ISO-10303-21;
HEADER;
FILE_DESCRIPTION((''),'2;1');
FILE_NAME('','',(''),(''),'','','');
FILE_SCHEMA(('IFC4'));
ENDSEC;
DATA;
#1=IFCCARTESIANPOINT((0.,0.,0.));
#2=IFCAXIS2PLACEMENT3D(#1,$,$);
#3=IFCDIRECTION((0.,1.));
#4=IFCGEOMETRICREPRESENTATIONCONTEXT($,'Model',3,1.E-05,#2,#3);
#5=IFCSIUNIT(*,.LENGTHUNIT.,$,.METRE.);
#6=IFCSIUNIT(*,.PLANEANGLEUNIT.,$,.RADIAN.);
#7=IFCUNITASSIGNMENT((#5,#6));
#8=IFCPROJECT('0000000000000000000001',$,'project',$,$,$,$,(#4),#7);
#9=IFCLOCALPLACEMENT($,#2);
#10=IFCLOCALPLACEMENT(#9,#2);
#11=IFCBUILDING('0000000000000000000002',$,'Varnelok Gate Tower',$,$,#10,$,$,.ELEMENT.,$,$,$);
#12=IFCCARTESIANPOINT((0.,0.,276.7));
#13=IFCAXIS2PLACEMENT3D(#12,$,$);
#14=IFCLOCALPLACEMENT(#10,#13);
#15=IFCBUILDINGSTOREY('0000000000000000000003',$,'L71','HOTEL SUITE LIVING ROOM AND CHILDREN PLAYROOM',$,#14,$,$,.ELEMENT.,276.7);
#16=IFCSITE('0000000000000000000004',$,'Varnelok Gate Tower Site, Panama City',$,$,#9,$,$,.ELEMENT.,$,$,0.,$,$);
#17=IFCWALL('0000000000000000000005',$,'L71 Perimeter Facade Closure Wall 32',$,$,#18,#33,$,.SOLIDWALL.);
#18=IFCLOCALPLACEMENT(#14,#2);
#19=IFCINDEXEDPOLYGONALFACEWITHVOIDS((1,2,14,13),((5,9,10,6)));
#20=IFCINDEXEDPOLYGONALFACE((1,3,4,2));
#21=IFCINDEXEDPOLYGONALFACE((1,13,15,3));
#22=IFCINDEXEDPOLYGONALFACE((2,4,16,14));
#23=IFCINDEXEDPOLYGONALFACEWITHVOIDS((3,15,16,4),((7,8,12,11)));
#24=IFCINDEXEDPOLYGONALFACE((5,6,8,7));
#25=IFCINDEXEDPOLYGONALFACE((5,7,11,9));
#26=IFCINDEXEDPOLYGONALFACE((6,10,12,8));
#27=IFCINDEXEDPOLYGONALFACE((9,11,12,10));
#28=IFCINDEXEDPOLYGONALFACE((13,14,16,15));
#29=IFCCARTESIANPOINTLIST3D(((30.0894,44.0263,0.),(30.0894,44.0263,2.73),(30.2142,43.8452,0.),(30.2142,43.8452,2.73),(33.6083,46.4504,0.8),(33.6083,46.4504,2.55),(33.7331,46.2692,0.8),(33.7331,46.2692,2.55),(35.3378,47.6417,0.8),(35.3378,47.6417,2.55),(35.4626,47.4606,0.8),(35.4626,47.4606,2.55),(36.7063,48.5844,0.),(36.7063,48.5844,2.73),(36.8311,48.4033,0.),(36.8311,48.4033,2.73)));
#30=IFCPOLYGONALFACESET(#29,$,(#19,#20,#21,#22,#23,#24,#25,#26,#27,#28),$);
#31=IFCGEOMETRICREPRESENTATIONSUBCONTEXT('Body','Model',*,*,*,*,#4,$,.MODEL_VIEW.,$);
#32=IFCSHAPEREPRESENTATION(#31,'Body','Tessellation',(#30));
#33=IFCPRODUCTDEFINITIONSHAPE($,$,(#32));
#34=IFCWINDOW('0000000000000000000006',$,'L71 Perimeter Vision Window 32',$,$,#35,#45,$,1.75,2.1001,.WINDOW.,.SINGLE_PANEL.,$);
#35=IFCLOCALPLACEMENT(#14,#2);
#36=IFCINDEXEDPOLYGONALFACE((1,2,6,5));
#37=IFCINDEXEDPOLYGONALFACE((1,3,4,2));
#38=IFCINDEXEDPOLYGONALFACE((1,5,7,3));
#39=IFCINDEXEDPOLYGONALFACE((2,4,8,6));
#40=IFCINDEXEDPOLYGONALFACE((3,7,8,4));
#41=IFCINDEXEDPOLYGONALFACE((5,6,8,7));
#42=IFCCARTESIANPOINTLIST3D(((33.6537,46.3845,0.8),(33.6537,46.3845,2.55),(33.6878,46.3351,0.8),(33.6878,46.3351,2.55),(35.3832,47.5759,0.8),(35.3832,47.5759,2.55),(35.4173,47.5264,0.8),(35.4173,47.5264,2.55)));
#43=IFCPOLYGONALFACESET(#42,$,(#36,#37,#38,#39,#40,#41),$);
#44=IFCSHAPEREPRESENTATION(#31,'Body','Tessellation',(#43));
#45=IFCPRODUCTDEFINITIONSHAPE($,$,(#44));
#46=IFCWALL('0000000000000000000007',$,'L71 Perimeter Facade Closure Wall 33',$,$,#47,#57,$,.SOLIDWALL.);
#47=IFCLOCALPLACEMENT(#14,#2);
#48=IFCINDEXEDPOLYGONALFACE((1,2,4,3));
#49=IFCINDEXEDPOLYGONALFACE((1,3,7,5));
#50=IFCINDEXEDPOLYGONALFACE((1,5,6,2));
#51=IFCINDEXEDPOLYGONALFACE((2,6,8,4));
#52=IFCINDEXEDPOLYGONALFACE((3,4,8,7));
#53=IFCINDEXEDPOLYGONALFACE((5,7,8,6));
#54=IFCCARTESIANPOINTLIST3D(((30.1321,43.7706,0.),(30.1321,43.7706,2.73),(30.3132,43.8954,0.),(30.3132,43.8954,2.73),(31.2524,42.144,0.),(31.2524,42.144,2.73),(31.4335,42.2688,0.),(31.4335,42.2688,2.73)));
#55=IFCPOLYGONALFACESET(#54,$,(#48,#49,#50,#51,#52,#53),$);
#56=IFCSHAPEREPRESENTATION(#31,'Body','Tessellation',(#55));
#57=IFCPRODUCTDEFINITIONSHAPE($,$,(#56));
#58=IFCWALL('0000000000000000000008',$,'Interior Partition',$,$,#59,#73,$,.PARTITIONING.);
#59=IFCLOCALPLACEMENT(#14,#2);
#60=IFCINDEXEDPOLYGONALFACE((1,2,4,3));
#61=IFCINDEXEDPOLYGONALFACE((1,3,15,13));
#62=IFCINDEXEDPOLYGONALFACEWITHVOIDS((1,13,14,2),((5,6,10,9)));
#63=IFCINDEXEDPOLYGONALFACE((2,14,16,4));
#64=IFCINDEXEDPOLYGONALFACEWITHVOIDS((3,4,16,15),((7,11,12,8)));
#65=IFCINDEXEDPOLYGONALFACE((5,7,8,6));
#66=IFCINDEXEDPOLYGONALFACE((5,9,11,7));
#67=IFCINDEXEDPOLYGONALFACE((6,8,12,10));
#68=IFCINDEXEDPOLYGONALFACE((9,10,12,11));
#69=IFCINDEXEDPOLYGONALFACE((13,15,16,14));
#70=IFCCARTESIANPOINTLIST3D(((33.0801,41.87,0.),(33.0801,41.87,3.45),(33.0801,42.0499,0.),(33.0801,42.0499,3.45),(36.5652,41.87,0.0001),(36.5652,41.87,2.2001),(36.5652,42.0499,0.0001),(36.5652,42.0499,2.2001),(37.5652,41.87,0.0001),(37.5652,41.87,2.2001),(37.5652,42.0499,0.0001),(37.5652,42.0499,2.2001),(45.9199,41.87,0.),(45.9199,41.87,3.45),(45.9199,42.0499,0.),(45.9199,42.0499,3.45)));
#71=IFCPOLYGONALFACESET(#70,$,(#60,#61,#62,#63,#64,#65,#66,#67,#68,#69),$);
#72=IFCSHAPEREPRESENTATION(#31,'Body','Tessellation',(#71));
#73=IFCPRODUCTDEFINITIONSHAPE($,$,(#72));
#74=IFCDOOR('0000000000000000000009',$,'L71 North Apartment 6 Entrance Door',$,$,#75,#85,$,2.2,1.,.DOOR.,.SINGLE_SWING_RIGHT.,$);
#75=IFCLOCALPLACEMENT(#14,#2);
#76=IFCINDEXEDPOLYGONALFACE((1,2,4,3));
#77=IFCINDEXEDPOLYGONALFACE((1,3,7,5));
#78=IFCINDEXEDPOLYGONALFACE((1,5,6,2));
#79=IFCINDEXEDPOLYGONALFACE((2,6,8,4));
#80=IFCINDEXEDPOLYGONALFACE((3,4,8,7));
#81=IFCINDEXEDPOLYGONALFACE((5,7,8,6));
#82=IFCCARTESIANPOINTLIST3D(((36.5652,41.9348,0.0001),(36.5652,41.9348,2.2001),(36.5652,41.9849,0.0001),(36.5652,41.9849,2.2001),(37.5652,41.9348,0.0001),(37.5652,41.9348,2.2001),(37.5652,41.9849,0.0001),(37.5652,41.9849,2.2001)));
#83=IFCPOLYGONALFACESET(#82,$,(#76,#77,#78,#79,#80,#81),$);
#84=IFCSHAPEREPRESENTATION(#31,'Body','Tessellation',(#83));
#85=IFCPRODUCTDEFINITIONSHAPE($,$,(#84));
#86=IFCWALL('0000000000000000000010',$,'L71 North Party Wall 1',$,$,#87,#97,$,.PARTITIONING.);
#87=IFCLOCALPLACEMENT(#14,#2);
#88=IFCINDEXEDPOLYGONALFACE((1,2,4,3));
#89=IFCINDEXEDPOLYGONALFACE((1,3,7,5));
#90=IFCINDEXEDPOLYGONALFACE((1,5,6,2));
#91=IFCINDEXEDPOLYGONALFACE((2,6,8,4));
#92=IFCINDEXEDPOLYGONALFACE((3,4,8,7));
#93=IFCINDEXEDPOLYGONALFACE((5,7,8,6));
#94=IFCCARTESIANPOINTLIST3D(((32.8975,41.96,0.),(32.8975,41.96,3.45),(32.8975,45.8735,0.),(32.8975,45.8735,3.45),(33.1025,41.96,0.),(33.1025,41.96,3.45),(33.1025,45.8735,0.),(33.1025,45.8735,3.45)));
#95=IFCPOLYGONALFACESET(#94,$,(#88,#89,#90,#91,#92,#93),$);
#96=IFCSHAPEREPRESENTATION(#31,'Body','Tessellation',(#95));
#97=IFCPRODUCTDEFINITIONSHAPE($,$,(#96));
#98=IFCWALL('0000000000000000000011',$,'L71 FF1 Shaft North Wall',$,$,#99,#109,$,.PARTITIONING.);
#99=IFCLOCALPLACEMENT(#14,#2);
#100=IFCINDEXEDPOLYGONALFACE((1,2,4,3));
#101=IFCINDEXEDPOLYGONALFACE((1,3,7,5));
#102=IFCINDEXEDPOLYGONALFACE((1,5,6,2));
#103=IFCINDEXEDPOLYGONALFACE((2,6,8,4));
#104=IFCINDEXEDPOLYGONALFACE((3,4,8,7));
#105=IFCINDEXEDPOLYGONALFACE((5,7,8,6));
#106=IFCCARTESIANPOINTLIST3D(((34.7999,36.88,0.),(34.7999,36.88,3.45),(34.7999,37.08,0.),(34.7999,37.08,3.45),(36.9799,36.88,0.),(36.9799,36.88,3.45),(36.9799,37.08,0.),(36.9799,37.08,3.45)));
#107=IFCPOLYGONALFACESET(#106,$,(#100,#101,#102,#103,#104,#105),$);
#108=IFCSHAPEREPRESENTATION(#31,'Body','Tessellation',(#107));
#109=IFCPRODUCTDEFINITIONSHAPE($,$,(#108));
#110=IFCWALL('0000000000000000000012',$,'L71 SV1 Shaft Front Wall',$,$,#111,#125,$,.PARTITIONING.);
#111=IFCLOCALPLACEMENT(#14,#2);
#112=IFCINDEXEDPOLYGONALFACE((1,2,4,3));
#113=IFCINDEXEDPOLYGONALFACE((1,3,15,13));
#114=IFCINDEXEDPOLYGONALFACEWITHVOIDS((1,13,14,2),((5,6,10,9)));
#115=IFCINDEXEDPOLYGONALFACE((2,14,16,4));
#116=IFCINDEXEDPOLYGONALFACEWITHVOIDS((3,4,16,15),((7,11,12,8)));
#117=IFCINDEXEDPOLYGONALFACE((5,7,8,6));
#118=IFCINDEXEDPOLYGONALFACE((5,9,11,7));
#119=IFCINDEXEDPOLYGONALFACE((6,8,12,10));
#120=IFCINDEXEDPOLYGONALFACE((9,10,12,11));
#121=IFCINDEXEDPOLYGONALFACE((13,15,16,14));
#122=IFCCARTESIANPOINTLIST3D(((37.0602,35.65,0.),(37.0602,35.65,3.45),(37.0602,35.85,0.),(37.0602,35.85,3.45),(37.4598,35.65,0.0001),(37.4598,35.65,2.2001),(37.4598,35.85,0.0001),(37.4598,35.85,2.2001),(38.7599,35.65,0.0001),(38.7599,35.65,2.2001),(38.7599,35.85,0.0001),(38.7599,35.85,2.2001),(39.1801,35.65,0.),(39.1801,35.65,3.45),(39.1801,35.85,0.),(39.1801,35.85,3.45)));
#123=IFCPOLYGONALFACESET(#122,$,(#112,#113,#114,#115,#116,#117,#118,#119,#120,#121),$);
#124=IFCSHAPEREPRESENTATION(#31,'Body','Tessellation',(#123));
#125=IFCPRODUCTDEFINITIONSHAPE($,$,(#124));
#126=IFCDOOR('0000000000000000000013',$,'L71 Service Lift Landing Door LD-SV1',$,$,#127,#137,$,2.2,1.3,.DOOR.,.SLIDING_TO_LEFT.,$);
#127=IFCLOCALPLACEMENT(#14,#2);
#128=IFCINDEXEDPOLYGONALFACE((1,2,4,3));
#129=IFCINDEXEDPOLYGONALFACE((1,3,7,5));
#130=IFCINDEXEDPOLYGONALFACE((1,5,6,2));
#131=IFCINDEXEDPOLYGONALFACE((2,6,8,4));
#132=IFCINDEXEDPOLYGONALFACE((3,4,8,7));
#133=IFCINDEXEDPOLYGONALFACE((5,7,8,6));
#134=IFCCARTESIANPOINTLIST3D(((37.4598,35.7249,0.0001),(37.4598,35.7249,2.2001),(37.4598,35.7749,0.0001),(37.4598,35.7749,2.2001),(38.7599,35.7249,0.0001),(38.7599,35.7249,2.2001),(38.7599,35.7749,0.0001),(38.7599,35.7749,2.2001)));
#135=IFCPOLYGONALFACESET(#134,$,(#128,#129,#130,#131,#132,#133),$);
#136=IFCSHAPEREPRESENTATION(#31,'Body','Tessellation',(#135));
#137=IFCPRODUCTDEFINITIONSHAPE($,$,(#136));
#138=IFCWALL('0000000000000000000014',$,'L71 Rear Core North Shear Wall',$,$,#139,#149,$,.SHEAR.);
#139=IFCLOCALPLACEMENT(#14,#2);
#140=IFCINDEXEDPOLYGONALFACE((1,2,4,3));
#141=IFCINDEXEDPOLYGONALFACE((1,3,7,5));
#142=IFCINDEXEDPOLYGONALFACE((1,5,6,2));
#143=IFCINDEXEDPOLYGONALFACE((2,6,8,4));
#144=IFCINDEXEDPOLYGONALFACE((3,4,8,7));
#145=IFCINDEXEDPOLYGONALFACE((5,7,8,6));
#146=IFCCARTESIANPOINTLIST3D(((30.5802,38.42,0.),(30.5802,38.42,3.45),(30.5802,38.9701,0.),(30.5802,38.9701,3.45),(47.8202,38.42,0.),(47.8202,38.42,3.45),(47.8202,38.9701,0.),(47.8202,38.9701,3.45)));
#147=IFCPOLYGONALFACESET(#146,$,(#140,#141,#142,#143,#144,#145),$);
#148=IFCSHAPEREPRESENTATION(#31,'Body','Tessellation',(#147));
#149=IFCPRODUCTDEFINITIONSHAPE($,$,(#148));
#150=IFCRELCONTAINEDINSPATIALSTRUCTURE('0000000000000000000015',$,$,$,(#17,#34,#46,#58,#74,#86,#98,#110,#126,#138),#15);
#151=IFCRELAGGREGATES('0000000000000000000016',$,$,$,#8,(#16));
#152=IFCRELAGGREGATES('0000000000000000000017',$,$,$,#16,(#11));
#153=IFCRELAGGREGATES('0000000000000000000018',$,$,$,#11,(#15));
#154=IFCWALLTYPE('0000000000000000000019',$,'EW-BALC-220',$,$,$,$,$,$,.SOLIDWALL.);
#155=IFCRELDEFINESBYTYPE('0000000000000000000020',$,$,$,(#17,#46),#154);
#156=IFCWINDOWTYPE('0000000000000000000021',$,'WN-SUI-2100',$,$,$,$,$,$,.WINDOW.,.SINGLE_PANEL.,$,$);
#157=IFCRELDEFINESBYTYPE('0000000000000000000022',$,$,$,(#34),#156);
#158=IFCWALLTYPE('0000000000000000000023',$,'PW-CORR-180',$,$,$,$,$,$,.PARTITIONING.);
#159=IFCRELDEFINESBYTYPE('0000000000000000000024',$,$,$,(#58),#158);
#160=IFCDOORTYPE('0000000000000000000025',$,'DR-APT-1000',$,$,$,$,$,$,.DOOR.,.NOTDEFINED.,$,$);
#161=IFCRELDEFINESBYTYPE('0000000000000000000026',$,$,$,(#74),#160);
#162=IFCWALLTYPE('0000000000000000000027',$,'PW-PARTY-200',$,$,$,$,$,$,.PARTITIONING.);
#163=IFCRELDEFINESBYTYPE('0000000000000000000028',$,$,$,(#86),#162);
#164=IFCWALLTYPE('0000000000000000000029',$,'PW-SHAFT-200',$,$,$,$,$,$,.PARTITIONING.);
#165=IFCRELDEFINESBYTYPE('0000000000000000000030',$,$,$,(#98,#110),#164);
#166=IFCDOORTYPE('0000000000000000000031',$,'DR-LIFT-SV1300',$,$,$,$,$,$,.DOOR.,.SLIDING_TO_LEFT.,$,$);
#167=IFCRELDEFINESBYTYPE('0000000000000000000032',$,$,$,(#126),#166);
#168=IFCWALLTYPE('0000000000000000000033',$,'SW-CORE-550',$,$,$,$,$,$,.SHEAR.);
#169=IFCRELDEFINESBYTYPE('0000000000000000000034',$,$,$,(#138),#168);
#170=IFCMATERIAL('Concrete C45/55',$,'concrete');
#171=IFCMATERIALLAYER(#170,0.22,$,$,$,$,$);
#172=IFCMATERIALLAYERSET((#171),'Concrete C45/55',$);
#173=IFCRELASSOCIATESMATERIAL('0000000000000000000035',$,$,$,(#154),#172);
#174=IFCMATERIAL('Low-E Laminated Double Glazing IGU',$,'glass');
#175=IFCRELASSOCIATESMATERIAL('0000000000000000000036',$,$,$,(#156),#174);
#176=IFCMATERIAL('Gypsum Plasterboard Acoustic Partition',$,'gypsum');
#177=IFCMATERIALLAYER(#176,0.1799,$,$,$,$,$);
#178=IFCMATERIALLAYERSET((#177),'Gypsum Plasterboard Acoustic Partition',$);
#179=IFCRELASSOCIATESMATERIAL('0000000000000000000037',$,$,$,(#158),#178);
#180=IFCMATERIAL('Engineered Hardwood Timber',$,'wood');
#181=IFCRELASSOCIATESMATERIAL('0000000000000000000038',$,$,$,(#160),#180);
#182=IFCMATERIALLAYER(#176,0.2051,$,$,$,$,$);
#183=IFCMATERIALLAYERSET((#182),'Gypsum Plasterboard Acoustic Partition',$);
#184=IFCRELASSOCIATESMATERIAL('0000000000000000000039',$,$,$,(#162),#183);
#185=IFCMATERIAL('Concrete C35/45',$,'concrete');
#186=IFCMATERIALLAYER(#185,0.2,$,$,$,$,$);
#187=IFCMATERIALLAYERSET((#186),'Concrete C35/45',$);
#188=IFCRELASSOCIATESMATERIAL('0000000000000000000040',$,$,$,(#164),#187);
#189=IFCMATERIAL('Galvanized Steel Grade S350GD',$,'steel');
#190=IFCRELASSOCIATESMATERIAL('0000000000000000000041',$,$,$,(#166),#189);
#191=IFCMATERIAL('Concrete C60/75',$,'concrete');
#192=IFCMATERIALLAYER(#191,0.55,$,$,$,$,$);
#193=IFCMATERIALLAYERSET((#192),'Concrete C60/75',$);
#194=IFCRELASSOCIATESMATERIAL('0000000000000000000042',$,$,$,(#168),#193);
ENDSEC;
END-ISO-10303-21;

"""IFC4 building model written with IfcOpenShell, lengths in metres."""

from ifc_helpers import new_model, si_unit, direction, frame, frame_2d, origin, place, context, subcontext, project, spatial, rectangle, extrude, material, layer, layer_set, type_object, element, fill, save


model = new_model("IFC4")

# Units and contexts
model_context = context("Model", 3, precision=1e-05, world=origin(), true_north=direction((0.0, 1.0)))
body_context = subcontext(model_context, "Body", "Model", "MODEL_VIEW")
ifc_project = project(units=[si_unit("LENGTHUNIT", "METRE"), si_unit("PLANEANGLEUNIT", "RADIAN")], contexts=[model_context])

# Site, building, storey
site_placement = place(None, origin())
site = spatial("IfcSite", under=ifc_project, at=site_placement, Name="Varnelok Gate Tower Site, Panama City", CompositionType="ELEMENT", RefElevation=0.0)
building_placement = place(site_placement, origin())
building = spatial("IfcBuilding", under=site, at=building_placement, Name="Varnelok Gate Tower", CompositionType="ELEMENT")
storey_placement = place(building_placement, frame((0.0, 0.0, 276.7)))
storey = spatial("IfcBuildingStorey", under=building, at=storey_placement, Name="L71", Description="HOTEL SUITE LIVING ROOM AND CHILDREN PLAYROOM", CompositionType="ELEMENT", Elevation=276.7)

# Shared definitions
ifc_material_1 = material(Name="Concrete C45/55", Category="concrete")
ifc_layer_1 = layer(ifc_material_1, 0.22)
ifc_layer_set_1 = layer_set([ifc_layer_1], Name="Concrete C45/55")
wall_type_1 = type_object("IfcWallType", Name="EW-BALC-220", PredefinedType="SOLIDWALL", material=ifc_layer_set_1)

# Wall, opening, window
wall_1_placement = place(storey_placement, frame((36.7688, 48.4939, 0.0), z_axis=(0.0, 0.0, 1.0), x_axis=(-0.823521, -0.567286, 0.0)))
wall_1 = element("IfcWall", 1, at=wall_1_placement, inside=storey, type_object=wall_type_1, Name="L71 Perimeter Facade Closure Wall 32", PredefinedType="SOLIDWALL", context=body_context, shape_type="SweptSolid", body=[
    extrude(rectangle(XDim=8.0349, YDim=0.22, at=frame_2d((4.0176, 0.0))), origin(), (0.0, 0.0, 1.0), 2.73),
])
opening_1_placement = place(wall_1_placement, frame((1.6619, 0.0, 0.8)))
opening_1 = element("IfcOpeningElement", 2, at=opening_1_placement, cuts=wall_1, PredefinedType="OPENING", context=body_context, shape_type="SweptSolid", body=[
    extrude(rectangle(XDim=2.1001, YDim=1.75, at=frame_2d((1.05, 0.875))), frame((0.0, 0.1199, 0.0), z_axis=(0.0, -1.0, 0.0), x_axis=(1.0, 0.0, 0.0)), (0.0, 0.0, 1.0), 0.24),
])
ifc_material_2 = material(Name="Low-E Laminated Double Glazing IGU", Category="glass")
window_type = type_object("IfcWindowType", Name="WN-SUI-2100", PartitioningType="SINGLE_PANEL", PredefinedType="WINDOW", material=ifc_material_2)
window_placement = place(opening_1_placement, origin())
window = element("IfcWindow", 3, at=window_placement, inside=storey, type_object=window_type, Name="L71 Perimeter Vision Window 32", OverallHeight=1.75, OverallWidth=2.1001, PartitioningType="SINGLE_PANEL", PredefinedType="WINDOW", context=body_context, shape_type="SweptSolid", body=[
    extrude(rectangle(XDim=2.1001, YDim=1.75, at=frame_2d((1.05, 0.875))), frame((0.0, 0.03, 0.0), z_axis=(0.0, -1.0, 0.0), x_axis=(1.0, 0.0, 0.0)), (0.0, 0.0, 1.0), 0.0601),
])
fill(opening_1, window)

# Wall
wall_2_placement = place(storey_placement, frame((30.2227, 43.833, 0.0), z_axis=(0.0, 0.0, 1.0), x_axis=(0.567216, -0.823569, 0.0)))
element("IfcWall", 4, at=wall_2_placement, inside=storey, type_object=wall_type_1, Name="L71 Perimeter Facade Closure Wall 33", PredefinedType="SOLIDWALL", context=body_context, shape_type="SweptSolid", body=[
    extrude(rectangle(XDim=1.9751, YDim=0.22, at=frame_2d((0.9875, 0.0))), origin(), (0.0, 0.0, 1.0), 2.73),
])

# Wall, opening, door
ifc_material_3 = material(Name="Gypsum Plasterboard Acoustic Partition", Category="gypsum")
ifc_layer_2 = layer(ifc_material_3, 0.1799)
ifc_layer_set_2 = layer_set([ifc_layer_2], Name="Gypsum Plasterboard Acoustic Partition")
wall_type_2 = type_object("IfcWallType", Name="PW-CORR-180", PredefinedType="PARTITIONING", material=ifc_layer_set_2)
wall_3_placement = place(storey_placement, frame((33.0801, 41.96, 0.0), z_axis=(0.0, 0.0, 1.0), x_axis=(1.0, 0.0, 0.0)))
wall_3 = element("IfcWall", 5, at=wall_3_placement, inside=storey, type_object=wall_type_2, Name="Interior Partition", PredefinedType="PARTITIONING", context=body_context, shape_type="SweptSolid", body=[
    extrude(rectangle(XDim=12.8398, YDim=0.1799, at=frame_2d((6.4199, 0.0))), origin(), (0.0, 0.0, 1.0), 3.45),
])
opening_2_placement = place(wall_3_placement, frame((3.4851, 0.0, 0.0)))
opening_2 = element("IfcOpeningElement", 6, at=opening_2_placement, cuts=wall_3, PredefinedType="OPENING", context=body_context, shape_type="SweptSolid", body=[
    extrude(rectangle(XDim=1.0, YDim=2.2, at=frame_2d((0.5, 1.1001))), frame((0.0, 0.0999, 0.0), z_axis=(0.0, -1.0, 0.0), x_axis=(1.0, 0.0, 0.0)), (0.0, 0.0, 1.0), 0.2),
])
ifc_material_4 = material(Name="Engineered Hardwood Timber", Category="wood")
door_type_1 = type_object("IfcDoorType", Name="DR-APT-1000", OperationType="NOTDEFINED", PredefinedType="DOOR", material=ifc_material_4)
door_1_placement = place(opening_2_placement, origin())
door_1 = element("IfcDoor", 7, at=door_1_placement, inside=storey, type_object=door_type_1, Name="L71 North Apartment 6 Entrance Door", OperationType="SINGLE_SWING_RIGHT", OverallHeight=2.2, OverallWidth=1.0, PredefinedType="DOOR", context=body_context, shape_type="SweptSolid", body=[
    extrude(rectangle(XDim=1.0, YDim=2.2, at=frame_2d((0.5, 1.1001))), frame((0.0, 0.0249, 0.0), z_axis=(0.0, -1.0, 0.0), x_axis=(1.0, 0.0, 0.0)), (0.0, 0.0, 1.0), 0.05),
])
fill(opening_2, door_1)

# Walls
ifc_layer_3 = layer(ifc_material_3, 0.2051)
ifc_layer_set_3 = layer_set([ifc_layer_3], Name="Gypsum Plasterboard Acoustic Partition")
wall_type_3 = type_object("IfcWallType", Name="PW-PARTY-200", PredefinedType="PARTITIONING", material=ifc_layer_set_3)
wall_4_placement = place(storey_placement, frame((33.0, 41.96, 0.0), z_axis=(0.0, 0.0, 1.0), x_axis=(0.0, 1.0, 0.0)))
element("IfcWall", 8, at=wall_4_placement, inside=storey, type_object=wall_type_3, Name="L71 North Party Wall 1", PredefinedType="PARTITIONING", context=body_context, shape_type="SweptSolid", body=[
    extrude(rectangle(XDim=3.9136, YDim=0.2051, at=frame_2d((1.9568, 0.0))), origin(), (0.0, 0.0, 1.0), 3.45),
])
ifc_material_5 = material(Name="Concrete C35/45", Category="concrete")
ifc_layer_4 = layer(ifc_material_5, 0.2)
ifc_layer_set_4 = layer_set([ifc_layer_4], Name="Concrete C35/45")
wall_type_4 = type_object("IfcWallType", Name="PW-SHAFT-200", PredefinedType="PARTITIONING", material=ifc_layer_set_4)
wall_5_placement = place(storey_placement, frame((34.8, 36.98, 0.0), z_axis=(0.0, 0.0, 1.0), x_axis=(1.0, 0.0, 0.0)))
element("IfcWall", 9, at=wall_5_placement, inside=storey, type_object=wall_type_4, Name="L71 FF1 Shaft North Wall", PredefinedType="PARTITIONING", context=body_context, shape_type="SweptSolid", body=[
    extrude(rectangle(XDim=2.1799, YDim=0.2, at=frame_2d((1.0898, 0.0))), origin(), (0.0, 0.0, 1.0), 3.45),
])

# Wall, opening, door
wall_6_placement = place(storey_placement, frame((37.0601, 35.75, 0.0), z_axis=(0.0, 0.0, 1.0), x_axis=(1.0, 0.0, 0.0)))
wall_6 = element("IfcWall", 10, at=wall_6_placement, inside=storey, type_object=wall_type_4, Name="L71 SV1 Shaft Front Wall", PredefinedType="PARTITIONING", context=body_context, shape_type="SweptSolid", body=[
    extrude(rectangle(XDim=2.1199, YDim=0.2, at=frame_2d((1.0601, 0.0))), origin(), (0.0, 0.0, 1.0), 3.45),
])
opening_3_placement = place(wall_6_placement, frame((0.3999, 0.0, 0.0)))
opening_3 = element("IfcOpeningElement", 11, at=opening_3_placement, cuts=wall_6, PredefinedType="OPENING", context=body_context, shape_type="SweptSolid", body=[
    extrude(rectangle(XDim=1.3, YDim=2.2, at=frame_2d((0.6499, 1.1001))), frame((0.0, 0.1099, 0.0), z_axis=(0.0, -1.0, 0.0), x_axis=(1.0, 0.0, 0.0)), (0.0, 0.0, 1.0), 0.22),
])
ifc_material_6 = material(Name="Galvanized Steel Grade S350GD", Category="steel")
door_type_2 = type_object("IfcDoorType", Name="DR-LIFT-SV1300", OperationType="SLIDING_TO_LEFT", PredefinedType="DOOR", material=ifc_material_6)
door_2_placement = place(opening_3_placement, origin())
door_2 = element("IfcDoor", 12, at=door_2_placement, inside=storey, type_object=door_type_2, Name="L71 Service Lift Landing Door LD-SV1", OperationType="SLIDING_TO_LEFT", OverallHeight=2.2, OverallWidth=1.3, PredefinedType="DOOR", context=body_context, shape_type="SweptSolid", body=[
    extrude(rectangle(XDim=1.3, YDim=2.2, at=frame_2d((0.6499, 1.1001))), frame((0.0, 0.0249, 0.0), z_axis=(0.0, -1.0, 0.0), x_axis=(1.0, 0.0, 0.0)), (0.0, 0.0, 1.0), 0.05),
])
fill(opening_3, door_2)

# Wall
ifc_material_7 = material(Name="Concrete C60/75", Category="concrete")
ifc_layer_5 = layer(ifc_material_7, 0.55)
ifc_layer_set_5 = layer_set([ifc_layer_5], Name="Concrete C60/75")
wall_type_5 = type_object("IfcWallType", Name="SW-CORE-550", PredefinedType="SHEAR", material=ifc_layer_set_5)
wall_7_placement = place(storey_placement, frame((30.5801, 38.6951, 0.0), z_axis=(0.0, 0.0, 1.0), x_axis=(1.0, 0.0, 0.0)))
element("IfcWall", 13, at=wall_7_placement, inside=storey, type_object=wall_type_5, Name="L71 Rear Core North Shear Wall", PredefinedType="SHEAR", context=body_context, shape_type="SweptSolid", body=[
    extrude(rectangle(XDim=17.24, YDim=0.55, at=frame_2d((8.6201, 0.0))), origin(), (0.0, 0.0, 1.0), 3.45),
])

save(model, "model.ifc")
